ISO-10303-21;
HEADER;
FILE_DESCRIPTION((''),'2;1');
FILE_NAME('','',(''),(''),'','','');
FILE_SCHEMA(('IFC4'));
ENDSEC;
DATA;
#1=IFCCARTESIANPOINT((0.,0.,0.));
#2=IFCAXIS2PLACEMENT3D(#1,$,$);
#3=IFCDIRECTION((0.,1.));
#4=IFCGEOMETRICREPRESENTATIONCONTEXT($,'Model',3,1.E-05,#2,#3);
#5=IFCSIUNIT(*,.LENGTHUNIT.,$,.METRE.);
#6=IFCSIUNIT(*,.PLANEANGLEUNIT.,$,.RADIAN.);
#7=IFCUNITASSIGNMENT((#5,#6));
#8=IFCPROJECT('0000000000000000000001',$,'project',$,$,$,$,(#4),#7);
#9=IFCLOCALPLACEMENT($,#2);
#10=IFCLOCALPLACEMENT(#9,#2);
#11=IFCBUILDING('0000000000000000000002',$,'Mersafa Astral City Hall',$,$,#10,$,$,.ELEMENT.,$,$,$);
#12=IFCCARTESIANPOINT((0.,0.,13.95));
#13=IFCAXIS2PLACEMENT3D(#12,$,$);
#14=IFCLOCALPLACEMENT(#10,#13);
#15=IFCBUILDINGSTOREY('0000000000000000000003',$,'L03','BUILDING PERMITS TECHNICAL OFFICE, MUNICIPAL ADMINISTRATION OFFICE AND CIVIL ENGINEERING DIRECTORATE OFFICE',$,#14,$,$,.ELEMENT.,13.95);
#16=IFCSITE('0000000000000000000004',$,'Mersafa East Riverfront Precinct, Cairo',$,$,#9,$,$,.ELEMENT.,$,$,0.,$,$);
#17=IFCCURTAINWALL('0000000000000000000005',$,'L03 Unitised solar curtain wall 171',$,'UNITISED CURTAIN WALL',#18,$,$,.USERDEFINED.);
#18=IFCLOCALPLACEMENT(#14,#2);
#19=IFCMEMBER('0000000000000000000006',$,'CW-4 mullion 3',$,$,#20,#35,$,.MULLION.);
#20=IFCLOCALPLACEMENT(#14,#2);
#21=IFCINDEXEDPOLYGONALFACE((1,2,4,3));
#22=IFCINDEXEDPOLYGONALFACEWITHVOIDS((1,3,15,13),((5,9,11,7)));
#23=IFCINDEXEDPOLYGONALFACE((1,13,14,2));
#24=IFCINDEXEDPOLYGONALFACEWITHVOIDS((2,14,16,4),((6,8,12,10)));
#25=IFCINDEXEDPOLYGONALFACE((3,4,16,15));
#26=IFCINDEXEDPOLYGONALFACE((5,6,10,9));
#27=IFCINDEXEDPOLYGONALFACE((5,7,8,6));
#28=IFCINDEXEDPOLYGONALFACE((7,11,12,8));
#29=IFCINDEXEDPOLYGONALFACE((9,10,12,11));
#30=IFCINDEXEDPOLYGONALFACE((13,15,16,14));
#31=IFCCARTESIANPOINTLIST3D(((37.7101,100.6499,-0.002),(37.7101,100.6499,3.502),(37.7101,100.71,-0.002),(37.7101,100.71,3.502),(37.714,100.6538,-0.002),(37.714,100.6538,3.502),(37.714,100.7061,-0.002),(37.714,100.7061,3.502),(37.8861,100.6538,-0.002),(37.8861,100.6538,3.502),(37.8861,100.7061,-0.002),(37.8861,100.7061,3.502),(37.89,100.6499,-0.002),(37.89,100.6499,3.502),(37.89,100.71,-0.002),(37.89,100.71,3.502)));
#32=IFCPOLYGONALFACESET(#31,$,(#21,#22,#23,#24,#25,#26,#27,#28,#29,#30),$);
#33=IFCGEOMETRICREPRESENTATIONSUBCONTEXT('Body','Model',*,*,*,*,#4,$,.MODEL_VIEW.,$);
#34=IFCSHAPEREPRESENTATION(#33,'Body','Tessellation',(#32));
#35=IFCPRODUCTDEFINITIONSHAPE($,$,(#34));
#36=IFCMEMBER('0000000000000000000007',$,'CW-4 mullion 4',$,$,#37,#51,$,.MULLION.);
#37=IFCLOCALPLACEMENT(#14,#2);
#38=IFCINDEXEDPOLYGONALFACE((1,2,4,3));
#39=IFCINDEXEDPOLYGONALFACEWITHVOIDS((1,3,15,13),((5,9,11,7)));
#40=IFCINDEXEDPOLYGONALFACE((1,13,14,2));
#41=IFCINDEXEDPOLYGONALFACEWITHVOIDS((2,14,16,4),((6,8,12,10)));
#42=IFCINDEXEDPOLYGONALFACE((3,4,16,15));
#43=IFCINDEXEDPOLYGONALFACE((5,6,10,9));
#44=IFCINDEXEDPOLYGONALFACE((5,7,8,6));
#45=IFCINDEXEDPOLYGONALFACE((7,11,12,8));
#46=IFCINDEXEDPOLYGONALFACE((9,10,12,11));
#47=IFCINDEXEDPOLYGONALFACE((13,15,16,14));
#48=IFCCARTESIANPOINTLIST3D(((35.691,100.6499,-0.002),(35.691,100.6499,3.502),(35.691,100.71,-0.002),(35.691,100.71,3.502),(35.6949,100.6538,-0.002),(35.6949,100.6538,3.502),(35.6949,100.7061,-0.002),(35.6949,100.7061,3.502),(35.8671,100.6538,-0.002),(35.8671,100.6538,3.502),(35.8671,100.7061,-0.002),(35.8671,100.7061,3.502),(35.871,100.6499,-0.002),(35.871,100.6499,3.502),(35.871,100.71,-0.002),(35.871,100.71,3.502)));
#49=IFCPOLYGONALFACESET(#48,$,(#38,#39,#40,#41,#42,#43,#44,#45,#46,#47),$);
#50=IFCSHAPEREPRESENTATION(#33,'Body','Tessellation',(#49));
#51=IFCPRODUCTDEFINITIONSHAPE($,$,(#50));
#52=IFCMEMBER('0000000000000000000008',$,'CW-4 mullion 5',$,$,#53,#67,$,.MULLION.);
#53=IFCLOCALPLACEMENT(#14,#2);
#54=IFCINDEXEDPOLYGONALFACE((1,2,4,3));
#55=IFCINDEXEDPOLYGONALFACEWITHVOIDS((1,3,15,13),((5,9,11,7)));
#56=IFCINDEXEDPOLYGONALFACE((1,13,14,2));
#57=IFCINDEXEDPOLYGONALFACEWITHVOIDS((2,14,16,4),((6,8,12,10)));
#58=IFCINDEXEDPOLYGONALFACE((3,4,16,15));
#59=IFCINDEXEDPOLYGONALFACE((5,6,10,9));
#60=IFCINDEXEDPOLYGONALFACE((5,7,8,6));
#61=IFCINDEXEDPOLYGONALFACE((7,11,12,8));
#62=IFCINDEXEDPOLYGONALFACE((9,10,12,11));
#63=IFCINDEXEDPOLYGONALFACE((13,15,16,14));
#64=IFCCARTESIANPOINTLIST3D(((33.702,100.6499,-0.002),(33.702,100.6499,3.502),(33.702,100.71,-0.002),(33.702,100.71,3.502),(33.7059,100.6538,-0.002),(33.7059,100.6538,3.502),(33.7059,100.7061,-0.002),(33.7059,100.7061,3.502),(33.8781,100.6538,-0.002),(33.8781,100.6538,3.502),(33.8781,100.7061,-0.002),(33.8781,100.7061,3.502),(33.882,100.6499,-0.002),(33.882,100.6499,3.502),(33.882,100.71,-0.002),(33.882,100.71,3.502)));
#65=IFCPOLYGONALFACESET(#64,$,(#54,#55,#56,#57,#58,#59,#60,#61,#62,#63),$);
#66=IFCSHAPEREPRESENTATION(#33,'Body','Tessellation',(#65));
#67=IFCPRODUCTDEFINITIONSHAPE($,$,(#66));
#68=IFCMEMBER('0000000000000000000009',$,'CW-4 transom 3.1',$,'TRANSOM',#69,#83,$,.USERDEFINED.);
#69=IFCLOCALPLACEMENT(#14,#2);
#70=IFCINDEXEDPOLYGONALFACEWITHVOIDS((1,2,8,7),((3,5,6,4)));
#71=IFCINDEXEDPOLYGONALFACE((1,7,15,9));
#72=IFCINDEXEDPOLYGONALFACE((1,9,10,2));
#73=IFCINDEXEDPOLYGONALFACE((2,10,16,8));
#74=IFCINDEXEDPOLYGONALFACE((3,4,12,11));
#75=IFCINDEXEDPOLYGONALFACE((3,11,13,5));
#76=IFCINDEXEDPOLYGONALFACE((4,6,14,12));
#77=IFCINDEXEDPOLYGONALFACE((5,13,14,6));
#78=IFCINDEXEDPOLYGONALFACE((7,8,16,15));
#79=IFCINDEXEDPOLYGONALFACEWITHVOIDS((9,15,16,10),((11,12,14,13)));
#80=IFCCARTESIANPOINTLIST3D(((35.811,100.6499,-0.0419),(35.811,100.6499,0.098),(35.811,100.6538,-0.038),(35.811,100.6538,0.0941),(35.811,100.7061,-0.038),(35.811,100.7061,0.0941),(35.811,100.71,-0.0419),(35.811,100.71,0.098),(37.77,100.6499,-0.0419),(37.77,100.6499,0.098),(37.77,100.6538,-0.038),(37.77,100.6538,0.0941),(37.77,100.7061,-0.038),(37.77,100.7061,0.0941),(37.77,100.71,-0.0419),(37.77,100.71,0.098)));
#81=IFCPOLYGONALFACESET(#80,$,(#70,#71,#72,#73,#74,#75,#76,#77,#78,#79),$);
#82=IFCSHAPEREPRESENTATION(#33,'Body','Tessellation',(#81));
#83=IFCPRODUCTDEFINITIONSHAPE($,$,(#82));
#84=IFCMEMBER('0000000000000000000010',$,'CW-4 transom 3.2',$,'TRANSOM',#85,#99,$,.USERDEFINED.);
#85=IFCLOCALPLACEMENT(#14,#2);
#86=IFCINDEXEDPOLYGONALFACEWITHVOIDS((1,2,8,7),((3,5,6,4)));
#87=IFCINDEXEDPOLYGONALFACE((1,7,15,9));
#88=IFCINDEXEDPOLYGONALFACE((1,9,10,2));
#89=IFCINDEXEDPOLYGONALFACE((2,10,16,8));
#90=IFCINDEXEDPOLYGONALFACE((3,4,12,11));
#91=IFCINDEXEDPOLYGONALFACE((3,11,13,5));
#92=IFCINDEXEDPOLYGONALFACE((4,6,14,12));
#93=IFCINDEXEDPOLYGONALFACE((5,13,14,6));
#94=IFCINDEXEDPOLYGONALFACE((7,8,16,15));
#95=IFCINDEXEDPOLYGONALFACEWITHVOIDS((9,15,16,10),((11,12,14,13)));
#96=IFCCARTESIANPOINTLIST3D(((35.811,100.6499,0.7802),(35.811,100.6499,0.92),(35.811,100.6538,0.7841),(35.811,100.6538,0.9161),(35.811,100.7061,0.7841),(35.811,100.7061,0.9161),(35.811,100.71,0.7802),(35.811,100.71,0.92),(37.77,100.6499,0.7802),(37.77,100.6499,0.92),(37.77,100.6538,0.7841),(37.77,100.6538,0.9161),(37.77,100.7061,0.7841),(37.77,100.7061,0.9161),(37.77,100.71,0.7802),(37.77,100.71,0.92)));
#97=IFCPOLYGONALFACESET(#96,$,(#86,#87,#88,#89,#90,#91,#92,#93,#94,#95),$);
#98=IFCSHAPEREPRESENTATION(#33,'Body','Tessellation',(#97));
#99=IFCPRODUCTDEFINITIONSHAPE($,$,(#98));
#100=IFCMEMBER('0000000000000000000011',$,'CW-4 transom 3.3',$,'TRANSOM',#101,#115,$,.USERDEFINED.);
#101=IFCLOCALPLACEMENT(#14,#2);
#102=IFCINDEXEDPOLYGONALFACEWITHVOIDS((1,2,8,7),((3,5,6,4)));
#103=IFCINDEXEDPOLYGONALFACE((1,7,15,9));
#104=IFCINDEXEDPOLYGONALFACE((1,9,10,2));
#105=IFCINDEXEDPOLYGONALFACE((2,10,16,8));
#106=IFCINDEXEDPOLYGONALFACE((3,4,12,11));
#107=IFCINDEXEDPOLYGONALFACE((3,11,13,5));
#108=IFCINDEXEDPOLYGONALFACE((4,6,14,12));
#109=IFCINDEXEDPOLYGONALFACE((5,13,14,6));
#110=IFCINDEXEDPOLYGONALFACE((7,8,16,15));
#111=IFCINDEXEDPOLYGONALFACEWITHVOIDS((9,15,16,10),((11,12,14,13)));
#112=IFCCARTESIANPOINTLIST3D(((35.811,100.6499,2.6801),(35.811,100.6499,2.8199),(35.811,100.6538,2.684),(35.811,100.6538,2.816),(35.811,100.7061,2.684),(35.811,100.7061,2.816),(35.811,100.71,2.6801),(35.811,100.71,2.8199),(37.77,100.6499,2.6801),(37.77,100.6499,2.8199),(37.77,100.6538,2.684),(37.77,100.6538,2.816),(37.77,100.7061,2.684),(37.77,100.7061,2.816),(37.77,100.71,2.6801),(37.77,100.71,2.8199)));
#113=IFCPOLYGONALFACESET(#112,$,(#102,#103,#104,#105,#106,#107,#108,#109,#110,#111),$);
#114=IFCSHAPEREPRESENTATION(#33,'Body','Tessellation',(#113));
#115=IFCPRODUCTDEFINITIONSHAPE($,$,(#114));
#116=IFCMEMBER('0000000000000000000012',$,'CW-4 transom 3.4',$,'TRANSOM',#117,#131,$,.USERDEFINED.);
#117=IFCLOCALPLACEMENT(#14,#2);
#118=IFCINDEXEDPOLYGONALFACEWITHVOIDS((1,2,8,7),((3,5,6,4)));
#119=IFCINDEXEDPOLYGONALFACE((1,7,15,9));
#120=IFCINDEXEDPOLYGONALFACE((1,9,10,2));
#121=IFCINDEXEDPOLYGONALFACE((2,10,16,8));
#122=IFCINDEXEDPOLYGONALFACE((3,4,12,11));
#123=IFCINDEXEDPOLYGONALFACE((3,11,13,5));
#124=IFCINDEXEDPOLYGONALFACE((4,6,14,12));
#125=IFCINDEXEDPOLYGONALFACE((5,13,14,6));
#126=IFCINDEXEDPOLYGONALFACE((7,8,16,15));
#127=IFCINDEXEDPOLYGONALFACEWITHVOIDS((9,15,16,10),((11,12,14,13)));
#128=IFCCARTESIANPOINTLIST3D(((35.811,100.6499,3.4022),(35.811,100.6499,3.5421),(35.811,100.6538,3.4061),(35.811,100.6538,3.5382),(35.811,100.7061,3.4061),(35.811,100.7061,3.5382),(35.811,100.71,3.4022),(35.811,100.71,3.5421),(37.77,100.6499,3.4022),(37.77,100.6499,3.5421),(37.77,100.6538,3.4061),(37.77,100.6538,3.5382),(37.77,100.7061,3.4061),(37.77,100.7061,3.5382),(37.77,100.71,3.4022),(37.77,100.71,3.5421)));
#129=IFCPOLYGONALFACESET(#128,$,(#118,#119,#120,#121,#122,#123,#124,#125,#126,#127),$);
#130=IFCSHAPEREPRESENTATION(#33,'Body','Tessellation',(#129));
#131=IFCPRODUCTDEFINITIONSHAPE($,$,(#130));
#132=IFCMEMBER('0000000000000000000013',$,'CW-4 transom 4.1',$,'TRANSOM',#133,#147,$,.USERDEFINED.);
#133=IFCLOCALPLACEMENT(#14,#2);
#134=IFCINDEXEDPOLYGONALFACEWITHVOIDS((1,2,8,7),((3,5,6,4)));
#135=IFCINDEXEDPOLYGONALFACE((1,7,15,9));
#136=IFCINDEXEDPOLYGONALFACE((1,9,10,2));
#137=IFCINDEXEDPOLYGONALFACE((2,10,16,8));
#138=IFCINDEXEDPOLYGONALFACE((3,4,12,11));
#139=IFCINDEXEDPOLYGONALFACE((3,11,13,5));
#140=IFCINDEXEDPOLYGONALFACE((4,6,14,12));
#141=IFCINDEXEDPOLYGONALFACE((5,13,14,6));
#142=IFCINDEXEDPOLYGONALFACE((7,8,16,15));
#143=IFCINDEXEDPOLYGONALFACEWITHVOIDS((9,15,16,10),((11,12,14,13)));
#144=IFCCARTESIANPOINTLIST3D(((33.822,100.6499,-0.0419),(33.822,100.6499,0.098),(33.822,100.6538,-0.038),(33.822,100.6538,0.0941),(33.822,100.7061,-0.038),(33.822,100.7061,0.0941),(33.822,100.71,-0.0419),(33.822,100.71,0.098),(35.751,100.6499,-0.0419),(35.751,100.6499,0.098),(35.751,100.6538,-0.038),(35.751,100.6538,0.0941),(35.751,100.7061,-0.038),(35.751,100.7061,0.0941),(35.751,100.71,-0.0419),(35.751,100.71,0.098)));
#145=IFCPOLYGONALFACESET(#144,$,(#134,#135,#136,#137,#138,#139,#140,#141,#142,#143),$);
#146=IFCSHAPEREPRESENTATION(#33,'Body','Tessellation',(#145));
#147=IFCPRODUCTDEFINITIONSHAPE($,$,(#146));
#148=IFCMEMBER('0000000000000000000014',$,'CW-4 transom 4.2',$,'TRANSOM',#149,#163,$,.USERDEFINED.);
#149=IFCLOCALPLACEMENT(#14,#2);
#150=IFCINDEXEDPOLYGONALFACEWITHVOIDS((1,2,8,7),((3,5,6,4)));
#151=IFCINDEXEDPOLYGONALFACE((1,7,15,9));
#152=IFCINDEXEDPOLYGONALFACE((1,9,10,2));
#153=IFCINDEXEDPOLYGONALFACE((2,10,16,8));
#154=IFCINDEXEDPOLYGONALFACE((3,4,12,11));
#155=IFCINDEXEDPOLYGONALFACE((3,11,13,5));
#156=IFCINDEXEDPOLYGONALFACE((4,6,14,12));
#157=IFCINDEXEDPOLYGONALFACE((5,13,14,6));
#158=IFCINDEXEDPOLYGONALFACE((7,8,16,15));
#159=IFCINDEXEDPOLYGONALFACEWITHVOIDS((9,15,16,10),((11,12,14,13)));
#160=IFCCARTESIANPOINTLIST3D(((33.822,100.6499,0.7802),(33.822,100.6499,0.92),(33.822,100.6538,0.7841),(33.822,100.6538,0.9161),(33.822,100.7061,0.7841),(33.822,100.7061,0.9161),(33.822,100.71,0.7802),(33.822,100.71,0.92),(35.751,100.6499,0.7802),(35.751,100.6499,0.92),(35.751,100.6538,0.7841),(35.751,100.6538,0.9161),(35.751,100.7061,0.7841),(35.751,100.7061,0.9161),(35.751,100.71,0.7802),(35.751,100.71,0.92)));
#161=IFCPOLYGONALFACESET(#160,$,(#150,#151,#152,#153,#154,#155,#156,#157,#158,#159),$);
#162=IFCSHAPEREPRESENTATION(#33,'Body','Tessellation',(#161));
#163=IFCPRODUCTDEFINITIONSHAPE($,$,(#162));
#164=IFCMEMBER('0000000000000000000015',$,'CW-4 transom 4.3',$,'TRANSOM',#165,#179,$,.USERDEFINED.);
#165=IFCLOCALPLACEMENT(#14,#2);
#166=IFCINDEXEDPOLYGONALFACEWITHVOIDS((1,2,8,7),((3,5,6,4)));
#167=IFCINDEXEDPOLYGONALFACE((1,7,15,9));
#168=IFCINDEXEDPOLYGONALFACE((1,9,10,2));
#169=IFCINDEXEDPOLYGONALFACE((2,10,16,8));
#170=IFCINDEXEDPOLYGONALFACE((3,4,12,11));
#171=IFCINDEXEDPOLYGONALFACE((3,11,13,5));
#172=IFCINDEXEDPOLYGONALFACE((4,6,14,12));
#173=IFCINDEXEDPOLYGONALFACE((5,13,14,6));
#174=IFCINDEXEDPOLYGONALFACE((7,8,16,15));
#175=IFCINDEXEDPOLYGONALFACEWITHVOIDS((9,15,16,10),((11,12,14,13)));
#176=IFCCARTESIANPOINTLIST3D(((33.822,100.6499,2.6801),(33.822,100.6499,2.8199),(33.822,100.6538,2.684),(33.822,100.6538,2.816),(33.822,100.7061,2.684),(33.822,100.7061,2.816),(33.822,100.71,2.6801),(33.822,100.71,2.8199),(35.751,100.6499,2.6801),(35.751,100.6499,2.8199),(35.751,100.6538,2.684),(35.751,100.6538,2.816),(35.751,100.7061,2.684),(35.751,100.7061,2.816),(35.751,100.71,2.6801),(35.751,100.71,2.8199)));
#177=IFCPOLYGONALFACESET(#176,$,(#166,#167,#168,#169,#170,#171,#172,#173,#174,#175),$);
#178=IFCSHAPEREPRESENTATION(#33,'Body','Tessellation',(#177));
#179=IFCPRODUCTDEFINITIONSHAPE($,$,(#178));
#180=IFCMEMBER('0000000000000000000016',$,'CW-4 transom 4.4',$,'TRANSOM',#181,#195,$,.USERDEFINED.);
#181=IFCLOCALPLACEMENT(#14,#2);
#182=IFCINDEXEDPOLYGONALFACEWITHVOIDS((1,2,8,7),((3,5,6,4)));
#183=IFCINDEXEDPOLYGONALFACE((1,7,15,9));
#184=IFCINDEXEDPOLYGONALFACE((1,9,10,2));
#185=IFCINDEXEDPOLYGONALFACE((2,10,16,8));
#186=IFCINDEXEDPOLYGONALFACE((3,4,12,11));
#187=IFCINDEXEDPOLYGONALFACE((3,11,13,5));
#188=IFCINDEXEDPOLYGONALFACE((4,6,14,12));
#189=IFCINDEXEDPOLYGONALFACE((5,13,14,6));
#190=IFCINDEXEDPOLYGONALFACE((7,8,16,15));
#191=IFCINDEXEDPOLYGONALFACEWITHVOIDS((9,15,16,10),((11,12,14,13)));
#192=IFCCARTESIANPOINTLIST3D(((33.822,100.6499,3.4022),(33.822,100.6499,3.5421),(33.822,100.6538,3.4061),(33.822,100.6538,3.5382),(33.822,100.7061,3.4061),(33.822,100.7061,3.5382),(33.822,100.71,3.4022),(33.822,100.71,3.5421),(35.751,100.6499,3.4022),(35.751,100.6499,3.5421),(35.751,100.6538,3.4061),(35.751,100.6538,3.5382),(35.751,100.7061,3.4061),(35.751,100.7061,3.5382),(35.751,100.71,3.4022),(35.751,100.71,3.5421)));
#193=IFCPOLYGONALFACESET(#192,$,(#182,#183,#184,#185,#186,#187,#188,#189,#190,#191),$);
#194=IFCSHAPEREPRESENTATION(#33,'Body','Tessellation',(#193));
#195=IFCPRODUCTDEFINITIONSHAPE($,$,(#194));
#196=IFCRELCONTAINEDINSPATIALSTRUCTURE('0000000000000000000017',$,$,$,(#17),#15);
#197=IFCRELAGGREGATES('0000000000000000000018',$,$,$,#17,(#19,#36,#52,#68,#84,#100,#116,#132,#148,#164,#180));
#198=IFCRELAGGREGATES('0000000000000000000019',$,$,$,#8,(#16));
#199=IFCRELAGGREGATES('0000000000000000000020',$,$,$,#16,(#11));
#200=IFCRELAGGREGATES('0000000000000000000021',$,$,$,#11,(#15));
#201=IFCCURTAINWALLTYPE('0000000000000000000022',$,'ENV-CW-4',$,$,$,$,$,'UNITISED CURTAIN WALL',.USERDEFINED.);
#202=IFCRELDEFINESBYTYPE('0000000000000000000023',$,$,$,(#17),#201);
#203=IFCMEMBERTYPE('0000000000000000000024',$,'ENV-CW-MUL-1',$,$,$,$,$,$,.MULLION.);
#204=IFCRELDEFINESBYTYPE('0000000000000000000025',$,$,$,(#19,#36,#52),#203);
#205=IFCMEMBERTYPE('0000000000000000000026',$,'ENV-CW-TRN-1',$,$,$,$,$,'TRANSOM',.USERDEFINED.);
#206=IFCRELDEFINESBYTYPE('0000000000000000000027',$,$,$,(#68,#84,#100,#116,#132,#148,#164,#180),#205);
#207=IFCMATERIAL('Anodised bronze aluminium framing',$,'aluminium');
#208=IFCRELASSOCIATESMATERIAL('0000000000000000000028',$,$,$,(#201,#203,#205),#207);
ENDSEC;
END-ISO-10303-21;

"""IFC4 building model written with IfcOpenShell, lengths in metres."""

from ifc_helpers import new_model, si_unit, direction, frame, origin, origin_2d, place, context, subcontext, project, spatial, hollow_rectangle, extrude, material, material_profile, profile_set, type_object, element, aggregate, save


model = new_model("IFC4")

# Units and contexts
model_context = context("Model", 3, precision=1e-05, world=origin(), true_north=direction((0.0, 1.0)))
body_context = subcontext(model_context, "Body", "Model", "MODEL_VIEW")
ifc_project = project(units=[si_unit("LENGTHUNIT", "METRE"), si_unit("PLANEANGLEUNIT", "RADIAN")], contexts=[model_context])

# Site, building, storey
site_placement = place(None, origin())
site = spatial("IfcSite", under=ifc_project, at=site_placement, Name="Mersafa East Riverfront Precinct, Cairo", CompositionType="ELEMENT", RefElevation=0.0)
building_placement = place(site_placement, origin())
building = spatial("IfcBuilding", under=site, at=building_placement, Name="Mersafa Astral City Hall", CompositionType="ELEMENT")
storey_placement = place(building_placement, frame((0.0, 0.0, 13.95)))
storey = spatial("IfcBuildingStorey", under=building, at=storey_placement, Name="L03", Description="BUILDING PERMITS TECHNICAL OFFICE, MUNICIPAL ADMINISTRATION OFFICE AND CIVIL ENGINEERING DIRECTORATE OFFICE", CompositionType="ELEMENT", Elevation=13.95)

# Curtain wall, members
ifc_material_1 = material(Name="Anodised bronze aluminium framing", Category="aluminium")
curtain_wall_type_1 = type_object("IfcCurtainWallType", Name="ENV-CW-4", ElementType="UNITISED CURTAIN WALL", PredefinedType="USERDEFINED", material=ifc_material_1)
curtain_wall_1_placement = place(storey_placement, origin())
curtain_wall_1 = element("IfcCurtainWall", 1, at=curtain_wall_1_placement, inside=storey, type_object=curtain_wall_type_1, Name="L03 Unitised solar curtain wall 171", ObjectType="UNITISED CURTAIN WALL", PredefinedType="USERDEFINED")
ifc_material_profile_1 = material_profile(ifc_material_1, hollow_rectangle(XDim=0.0601, YDim=0.1799, WallThickness=0.0039, at=origin_2d()), Name="RHS 60x180x4")
ifc_profile_set_1 = profile_set([ifc_material_profile_1], Name="Anodised bronze aluminium framing")
member_type_1 = type_object("IfcMemberType", Name="ENV-CW-MUL-1", PredefinedType="MULLION", material=ifc_profile_set_1)
member_1_placement = place(storey_placement, frame((37.8, 100.6799, -0.002), z_axis=(0.0, 0.0, 1.0), x_axis=(0.0, -1.0, 0.0)))
member_1 = element("IfcMember", 2, at=member_1_placement, type_object=member_type_1, Name="CW-4 mullion 3", PredefinedType="MULLION", context=body_context, shape_type="SweptSolid", body=[
    extrude(hollow_rectangle(XDim=0.0601, YDim=0.1799, WallThickness=0.0039, at=origin_2d()), origin(), (0.0, 0.0, 1.0), 3.5039),
])
member_2_placement = place(storey_placement, frame((35.781, 100.6799, -0.002), z_axis=(0.0, 0.0, 1.0), x_axis=(0.0, -1.0, 0.0)))
member_2 = element("IfcMember", 3, at=member_2_placement, type_object=member_type_1, Name="CW-4 mullion 4", PredefinedType="MULLION", context=body_context, shape_type="SweptSolid", body=[
    extrude(hollow_rectangle(XDim=0.0601, YDim=0.1799, WallThickness=0.0039, at=origin_2d()), origin(), (0.0, 0.0, 1.0), 3.5039),
])
member_3_placement = place(storey_placement, frame((33.792, 100.6799, -0.002), z_axis=(0.0, 0.0, 1.0), x_axis=(0.0, -1.0, 0.0)))
member_3 = element("IfcMember", 4, at=member_3_placement, type_object=member_type_1, Name="CW-4 mullion 5", PredefinedType="MULLION", context=body_context, shape_type="SweptSolid", body=[
    extrude(hollow_rectangle(XDim=0.0601, YDim=0.1799, WallThickness=0.0039, at=origin_2d()), origin(), (0.0, 0.0, 1.0), 3.5039),
])
ifc_material_profile_2 = material_profile(ifc_material_1, hollow_rectangle(XDim=0.0601, YDim=0.1399, WallThickness=0.0039, at=origin_2d()), Name="RHS 60x140x4")
ifc_profile_set_2 = profile_set([ifc_material_profile_2], Name="Anodised bronze aluminium framing")
member_type_2 = type_object("IfcMemberType", Name="ENV-CW-TRN-1", ElementType="TRANSOM", PredefinedType="USERDEFINED", material=ifc_profile_set_2)
member_4_placement = place(storey_placement, frame((37.77, 100.6799, 0.0281), z_axis=(-1.0, 0.0, 0.0), x_axis=(0.0, -1.0, 0.0)))
member_4 = element("IfcMember", 5, at=member_4_placement, type_object=member_type_2, Name="CW-4 transom 3.1", ObjectType="TRANSOM", PredefinedType="USERDEFINED", context=body_context, shape_type="SweptSolid", body=[
    extrude(hollow_rectangle(XDim=0.0601, YDim=0.1399, WallThickness=0.0039, at=origin_2d()), origin(), (0.0, 0.0, 1.0), 1.959),
])
member_5_placement = place(storey_placement, frame((37.77, 100.6799, 0.8501), z_axis=(-1.0, 0.0, 0.0), x_axis=(0.0, -1.0, 0.0)))
member_5 = element("IfcMember", 6, at=member_5_placement, type_object=member_type_2, Name="CW-4 transom 3.2", ObjectType="TRANSOM", PredefinedType="USERDEFINED", context=body_context, shape_type="SweptSolid", body=[
    extrude(hollow_rectangle(XDim=0.0601, YDim=0.1399, WallThickness=0.0039, at=origin_2d()), origin(), (0.0, 0.0, 1.0), 1.959),
])
member_6_placement = place(storey_placement, frame((37.77, 100.6799, 2.75), z_axis=(-1.0, 0.0, 0.0), x_axis=(0.0, -1.0, 0.0)))
member_6 = element("IfcMember", 7, at=member_6_placement, type_object=member_type_2, Name="CW-4 transom 3.3", ObjectType="TRANSOM", PredefinedType="USERDEFINED", context=body_context, shape_type="SweptSolid", body=[
    extrude(hollow_rectangle(XDim=0.0601, YDim=0.1399, WallThickness=0.0039, at=origin_2d()), origin(), (0.0, 0.0, 1.0), 1.959),
])
member_7_placement = place(storey_placement, frame((37.77, 100.6799, 3.4722), z_axis=(-1.0, 0.0, 0.0), x_axis=(0.0, -1.0, 0.0)))
member_7 = element("IfcMember", 8, at=member_7_placement, type_object=member_type_2, Name="CW-4 transom 3.4", ObjectType="TRANSOM", PredefinedType="USERDEFINED", context=body_context, shape_type="SweptSolid", body=[
    extrude(hollow_rectangle(XDim=0.0601, YDim=0.1399, WallThickness=0.0039, at=origin_2d()), origin(), (0.0, 0.0, 1.0), 1.959),
])
member_8_placement = place(storey_placement, frame((35.751, 100.6799, 0.0281), z_axis=(-1.0, 0.0, 0.0), x_axis=(0.0, -1.0, 0.0)))
member_8 = element("IfcMember", 9, at=member_8_placement, type_object=member_type_2, Name="CW-4 transom 4.1", ObjectType="TRANSOM", PredefinedType="USERDEFINED", context=body_context, shape_type="SweptSolid", body=[
    extrude(hollow_rectangle(XDim=0.0601, YDim=0.1399, WallThickness=0.0039, at=origin_2d()), origin(), (0.0, 0.0, 1.0), 1.929),
])
member_9_placement = place(storey_placement, frame((35.751, 100.6799, 0.8501), z_axis=(-1.0, 0.0, 0.0), x_axis=(0.0, -1.0, 0.0)))
member_9 = element("IfcMember", 10, at=member_9_placement, type_object=member_type_2, Name="CW-4 transom 4.2", ObjectType="TRANSOM", PredefinedType="USERDEFINED", context=body_context, shape_type="SweptSolid", body=[
    extrude(hollow_rectangle(XDim=0.0601, YDim=0.1399, WallThickness=0.0039, at=origin_2d()), origin(), (0.0, 0.0, 1.0), 1.929),
])
member_10_placement = place(storey_placement, frame((35.751, 100.6799, 2.75), z_axis=(-1.0, 0.0, 0.0), x_axis=(0.0, -1.0, 0.0)))
member_10 = element("IfcMember", 11, at=member_10_placement, type_object=member_type_2, Name="CW-4 transom 4.3", ObjectType="TRANSOM", PredefinedType="USERDEFINED", context=body_context, shape_type="SweptSolid", body=[
    extrude(hollow_rectangle(XDim=0.0601, YDim=0.1399, WallThickness=0.0039, at=origin_2d()), origin(), (0.0, 0.0, 1.0), 1.929),
])
member_11_placement = place(storey_placement, frame((35.751, 100.6799, 3.4722), z_axis=(-1.0, 0.0, 0.0), x_axis=(0.0, -1.0, 0.0)))
member_11 = element("IfcMember", 12, at=member_11_placement, type_object=member_type_2, Name="CW-4 transom 4.4", ObjectType="TRANSOM", PredefinedType="USERDEFINED", context=body_context, shape_type="SweptSolid", body=[
    extrude(hollow_rectangle(XDim=0.0601, YDim=0.1399, WallThickness=0.0039, at=origin_2d()), origin(), (0.0, 0.0, 1.0), 1.929),
])

aggregate(curtain_wall_1, [member_1, member_2, member_3, member_4, member_5, member_6, member_7, member_8, member_9, member_10, member_11])

save(model, "model.ifc")
